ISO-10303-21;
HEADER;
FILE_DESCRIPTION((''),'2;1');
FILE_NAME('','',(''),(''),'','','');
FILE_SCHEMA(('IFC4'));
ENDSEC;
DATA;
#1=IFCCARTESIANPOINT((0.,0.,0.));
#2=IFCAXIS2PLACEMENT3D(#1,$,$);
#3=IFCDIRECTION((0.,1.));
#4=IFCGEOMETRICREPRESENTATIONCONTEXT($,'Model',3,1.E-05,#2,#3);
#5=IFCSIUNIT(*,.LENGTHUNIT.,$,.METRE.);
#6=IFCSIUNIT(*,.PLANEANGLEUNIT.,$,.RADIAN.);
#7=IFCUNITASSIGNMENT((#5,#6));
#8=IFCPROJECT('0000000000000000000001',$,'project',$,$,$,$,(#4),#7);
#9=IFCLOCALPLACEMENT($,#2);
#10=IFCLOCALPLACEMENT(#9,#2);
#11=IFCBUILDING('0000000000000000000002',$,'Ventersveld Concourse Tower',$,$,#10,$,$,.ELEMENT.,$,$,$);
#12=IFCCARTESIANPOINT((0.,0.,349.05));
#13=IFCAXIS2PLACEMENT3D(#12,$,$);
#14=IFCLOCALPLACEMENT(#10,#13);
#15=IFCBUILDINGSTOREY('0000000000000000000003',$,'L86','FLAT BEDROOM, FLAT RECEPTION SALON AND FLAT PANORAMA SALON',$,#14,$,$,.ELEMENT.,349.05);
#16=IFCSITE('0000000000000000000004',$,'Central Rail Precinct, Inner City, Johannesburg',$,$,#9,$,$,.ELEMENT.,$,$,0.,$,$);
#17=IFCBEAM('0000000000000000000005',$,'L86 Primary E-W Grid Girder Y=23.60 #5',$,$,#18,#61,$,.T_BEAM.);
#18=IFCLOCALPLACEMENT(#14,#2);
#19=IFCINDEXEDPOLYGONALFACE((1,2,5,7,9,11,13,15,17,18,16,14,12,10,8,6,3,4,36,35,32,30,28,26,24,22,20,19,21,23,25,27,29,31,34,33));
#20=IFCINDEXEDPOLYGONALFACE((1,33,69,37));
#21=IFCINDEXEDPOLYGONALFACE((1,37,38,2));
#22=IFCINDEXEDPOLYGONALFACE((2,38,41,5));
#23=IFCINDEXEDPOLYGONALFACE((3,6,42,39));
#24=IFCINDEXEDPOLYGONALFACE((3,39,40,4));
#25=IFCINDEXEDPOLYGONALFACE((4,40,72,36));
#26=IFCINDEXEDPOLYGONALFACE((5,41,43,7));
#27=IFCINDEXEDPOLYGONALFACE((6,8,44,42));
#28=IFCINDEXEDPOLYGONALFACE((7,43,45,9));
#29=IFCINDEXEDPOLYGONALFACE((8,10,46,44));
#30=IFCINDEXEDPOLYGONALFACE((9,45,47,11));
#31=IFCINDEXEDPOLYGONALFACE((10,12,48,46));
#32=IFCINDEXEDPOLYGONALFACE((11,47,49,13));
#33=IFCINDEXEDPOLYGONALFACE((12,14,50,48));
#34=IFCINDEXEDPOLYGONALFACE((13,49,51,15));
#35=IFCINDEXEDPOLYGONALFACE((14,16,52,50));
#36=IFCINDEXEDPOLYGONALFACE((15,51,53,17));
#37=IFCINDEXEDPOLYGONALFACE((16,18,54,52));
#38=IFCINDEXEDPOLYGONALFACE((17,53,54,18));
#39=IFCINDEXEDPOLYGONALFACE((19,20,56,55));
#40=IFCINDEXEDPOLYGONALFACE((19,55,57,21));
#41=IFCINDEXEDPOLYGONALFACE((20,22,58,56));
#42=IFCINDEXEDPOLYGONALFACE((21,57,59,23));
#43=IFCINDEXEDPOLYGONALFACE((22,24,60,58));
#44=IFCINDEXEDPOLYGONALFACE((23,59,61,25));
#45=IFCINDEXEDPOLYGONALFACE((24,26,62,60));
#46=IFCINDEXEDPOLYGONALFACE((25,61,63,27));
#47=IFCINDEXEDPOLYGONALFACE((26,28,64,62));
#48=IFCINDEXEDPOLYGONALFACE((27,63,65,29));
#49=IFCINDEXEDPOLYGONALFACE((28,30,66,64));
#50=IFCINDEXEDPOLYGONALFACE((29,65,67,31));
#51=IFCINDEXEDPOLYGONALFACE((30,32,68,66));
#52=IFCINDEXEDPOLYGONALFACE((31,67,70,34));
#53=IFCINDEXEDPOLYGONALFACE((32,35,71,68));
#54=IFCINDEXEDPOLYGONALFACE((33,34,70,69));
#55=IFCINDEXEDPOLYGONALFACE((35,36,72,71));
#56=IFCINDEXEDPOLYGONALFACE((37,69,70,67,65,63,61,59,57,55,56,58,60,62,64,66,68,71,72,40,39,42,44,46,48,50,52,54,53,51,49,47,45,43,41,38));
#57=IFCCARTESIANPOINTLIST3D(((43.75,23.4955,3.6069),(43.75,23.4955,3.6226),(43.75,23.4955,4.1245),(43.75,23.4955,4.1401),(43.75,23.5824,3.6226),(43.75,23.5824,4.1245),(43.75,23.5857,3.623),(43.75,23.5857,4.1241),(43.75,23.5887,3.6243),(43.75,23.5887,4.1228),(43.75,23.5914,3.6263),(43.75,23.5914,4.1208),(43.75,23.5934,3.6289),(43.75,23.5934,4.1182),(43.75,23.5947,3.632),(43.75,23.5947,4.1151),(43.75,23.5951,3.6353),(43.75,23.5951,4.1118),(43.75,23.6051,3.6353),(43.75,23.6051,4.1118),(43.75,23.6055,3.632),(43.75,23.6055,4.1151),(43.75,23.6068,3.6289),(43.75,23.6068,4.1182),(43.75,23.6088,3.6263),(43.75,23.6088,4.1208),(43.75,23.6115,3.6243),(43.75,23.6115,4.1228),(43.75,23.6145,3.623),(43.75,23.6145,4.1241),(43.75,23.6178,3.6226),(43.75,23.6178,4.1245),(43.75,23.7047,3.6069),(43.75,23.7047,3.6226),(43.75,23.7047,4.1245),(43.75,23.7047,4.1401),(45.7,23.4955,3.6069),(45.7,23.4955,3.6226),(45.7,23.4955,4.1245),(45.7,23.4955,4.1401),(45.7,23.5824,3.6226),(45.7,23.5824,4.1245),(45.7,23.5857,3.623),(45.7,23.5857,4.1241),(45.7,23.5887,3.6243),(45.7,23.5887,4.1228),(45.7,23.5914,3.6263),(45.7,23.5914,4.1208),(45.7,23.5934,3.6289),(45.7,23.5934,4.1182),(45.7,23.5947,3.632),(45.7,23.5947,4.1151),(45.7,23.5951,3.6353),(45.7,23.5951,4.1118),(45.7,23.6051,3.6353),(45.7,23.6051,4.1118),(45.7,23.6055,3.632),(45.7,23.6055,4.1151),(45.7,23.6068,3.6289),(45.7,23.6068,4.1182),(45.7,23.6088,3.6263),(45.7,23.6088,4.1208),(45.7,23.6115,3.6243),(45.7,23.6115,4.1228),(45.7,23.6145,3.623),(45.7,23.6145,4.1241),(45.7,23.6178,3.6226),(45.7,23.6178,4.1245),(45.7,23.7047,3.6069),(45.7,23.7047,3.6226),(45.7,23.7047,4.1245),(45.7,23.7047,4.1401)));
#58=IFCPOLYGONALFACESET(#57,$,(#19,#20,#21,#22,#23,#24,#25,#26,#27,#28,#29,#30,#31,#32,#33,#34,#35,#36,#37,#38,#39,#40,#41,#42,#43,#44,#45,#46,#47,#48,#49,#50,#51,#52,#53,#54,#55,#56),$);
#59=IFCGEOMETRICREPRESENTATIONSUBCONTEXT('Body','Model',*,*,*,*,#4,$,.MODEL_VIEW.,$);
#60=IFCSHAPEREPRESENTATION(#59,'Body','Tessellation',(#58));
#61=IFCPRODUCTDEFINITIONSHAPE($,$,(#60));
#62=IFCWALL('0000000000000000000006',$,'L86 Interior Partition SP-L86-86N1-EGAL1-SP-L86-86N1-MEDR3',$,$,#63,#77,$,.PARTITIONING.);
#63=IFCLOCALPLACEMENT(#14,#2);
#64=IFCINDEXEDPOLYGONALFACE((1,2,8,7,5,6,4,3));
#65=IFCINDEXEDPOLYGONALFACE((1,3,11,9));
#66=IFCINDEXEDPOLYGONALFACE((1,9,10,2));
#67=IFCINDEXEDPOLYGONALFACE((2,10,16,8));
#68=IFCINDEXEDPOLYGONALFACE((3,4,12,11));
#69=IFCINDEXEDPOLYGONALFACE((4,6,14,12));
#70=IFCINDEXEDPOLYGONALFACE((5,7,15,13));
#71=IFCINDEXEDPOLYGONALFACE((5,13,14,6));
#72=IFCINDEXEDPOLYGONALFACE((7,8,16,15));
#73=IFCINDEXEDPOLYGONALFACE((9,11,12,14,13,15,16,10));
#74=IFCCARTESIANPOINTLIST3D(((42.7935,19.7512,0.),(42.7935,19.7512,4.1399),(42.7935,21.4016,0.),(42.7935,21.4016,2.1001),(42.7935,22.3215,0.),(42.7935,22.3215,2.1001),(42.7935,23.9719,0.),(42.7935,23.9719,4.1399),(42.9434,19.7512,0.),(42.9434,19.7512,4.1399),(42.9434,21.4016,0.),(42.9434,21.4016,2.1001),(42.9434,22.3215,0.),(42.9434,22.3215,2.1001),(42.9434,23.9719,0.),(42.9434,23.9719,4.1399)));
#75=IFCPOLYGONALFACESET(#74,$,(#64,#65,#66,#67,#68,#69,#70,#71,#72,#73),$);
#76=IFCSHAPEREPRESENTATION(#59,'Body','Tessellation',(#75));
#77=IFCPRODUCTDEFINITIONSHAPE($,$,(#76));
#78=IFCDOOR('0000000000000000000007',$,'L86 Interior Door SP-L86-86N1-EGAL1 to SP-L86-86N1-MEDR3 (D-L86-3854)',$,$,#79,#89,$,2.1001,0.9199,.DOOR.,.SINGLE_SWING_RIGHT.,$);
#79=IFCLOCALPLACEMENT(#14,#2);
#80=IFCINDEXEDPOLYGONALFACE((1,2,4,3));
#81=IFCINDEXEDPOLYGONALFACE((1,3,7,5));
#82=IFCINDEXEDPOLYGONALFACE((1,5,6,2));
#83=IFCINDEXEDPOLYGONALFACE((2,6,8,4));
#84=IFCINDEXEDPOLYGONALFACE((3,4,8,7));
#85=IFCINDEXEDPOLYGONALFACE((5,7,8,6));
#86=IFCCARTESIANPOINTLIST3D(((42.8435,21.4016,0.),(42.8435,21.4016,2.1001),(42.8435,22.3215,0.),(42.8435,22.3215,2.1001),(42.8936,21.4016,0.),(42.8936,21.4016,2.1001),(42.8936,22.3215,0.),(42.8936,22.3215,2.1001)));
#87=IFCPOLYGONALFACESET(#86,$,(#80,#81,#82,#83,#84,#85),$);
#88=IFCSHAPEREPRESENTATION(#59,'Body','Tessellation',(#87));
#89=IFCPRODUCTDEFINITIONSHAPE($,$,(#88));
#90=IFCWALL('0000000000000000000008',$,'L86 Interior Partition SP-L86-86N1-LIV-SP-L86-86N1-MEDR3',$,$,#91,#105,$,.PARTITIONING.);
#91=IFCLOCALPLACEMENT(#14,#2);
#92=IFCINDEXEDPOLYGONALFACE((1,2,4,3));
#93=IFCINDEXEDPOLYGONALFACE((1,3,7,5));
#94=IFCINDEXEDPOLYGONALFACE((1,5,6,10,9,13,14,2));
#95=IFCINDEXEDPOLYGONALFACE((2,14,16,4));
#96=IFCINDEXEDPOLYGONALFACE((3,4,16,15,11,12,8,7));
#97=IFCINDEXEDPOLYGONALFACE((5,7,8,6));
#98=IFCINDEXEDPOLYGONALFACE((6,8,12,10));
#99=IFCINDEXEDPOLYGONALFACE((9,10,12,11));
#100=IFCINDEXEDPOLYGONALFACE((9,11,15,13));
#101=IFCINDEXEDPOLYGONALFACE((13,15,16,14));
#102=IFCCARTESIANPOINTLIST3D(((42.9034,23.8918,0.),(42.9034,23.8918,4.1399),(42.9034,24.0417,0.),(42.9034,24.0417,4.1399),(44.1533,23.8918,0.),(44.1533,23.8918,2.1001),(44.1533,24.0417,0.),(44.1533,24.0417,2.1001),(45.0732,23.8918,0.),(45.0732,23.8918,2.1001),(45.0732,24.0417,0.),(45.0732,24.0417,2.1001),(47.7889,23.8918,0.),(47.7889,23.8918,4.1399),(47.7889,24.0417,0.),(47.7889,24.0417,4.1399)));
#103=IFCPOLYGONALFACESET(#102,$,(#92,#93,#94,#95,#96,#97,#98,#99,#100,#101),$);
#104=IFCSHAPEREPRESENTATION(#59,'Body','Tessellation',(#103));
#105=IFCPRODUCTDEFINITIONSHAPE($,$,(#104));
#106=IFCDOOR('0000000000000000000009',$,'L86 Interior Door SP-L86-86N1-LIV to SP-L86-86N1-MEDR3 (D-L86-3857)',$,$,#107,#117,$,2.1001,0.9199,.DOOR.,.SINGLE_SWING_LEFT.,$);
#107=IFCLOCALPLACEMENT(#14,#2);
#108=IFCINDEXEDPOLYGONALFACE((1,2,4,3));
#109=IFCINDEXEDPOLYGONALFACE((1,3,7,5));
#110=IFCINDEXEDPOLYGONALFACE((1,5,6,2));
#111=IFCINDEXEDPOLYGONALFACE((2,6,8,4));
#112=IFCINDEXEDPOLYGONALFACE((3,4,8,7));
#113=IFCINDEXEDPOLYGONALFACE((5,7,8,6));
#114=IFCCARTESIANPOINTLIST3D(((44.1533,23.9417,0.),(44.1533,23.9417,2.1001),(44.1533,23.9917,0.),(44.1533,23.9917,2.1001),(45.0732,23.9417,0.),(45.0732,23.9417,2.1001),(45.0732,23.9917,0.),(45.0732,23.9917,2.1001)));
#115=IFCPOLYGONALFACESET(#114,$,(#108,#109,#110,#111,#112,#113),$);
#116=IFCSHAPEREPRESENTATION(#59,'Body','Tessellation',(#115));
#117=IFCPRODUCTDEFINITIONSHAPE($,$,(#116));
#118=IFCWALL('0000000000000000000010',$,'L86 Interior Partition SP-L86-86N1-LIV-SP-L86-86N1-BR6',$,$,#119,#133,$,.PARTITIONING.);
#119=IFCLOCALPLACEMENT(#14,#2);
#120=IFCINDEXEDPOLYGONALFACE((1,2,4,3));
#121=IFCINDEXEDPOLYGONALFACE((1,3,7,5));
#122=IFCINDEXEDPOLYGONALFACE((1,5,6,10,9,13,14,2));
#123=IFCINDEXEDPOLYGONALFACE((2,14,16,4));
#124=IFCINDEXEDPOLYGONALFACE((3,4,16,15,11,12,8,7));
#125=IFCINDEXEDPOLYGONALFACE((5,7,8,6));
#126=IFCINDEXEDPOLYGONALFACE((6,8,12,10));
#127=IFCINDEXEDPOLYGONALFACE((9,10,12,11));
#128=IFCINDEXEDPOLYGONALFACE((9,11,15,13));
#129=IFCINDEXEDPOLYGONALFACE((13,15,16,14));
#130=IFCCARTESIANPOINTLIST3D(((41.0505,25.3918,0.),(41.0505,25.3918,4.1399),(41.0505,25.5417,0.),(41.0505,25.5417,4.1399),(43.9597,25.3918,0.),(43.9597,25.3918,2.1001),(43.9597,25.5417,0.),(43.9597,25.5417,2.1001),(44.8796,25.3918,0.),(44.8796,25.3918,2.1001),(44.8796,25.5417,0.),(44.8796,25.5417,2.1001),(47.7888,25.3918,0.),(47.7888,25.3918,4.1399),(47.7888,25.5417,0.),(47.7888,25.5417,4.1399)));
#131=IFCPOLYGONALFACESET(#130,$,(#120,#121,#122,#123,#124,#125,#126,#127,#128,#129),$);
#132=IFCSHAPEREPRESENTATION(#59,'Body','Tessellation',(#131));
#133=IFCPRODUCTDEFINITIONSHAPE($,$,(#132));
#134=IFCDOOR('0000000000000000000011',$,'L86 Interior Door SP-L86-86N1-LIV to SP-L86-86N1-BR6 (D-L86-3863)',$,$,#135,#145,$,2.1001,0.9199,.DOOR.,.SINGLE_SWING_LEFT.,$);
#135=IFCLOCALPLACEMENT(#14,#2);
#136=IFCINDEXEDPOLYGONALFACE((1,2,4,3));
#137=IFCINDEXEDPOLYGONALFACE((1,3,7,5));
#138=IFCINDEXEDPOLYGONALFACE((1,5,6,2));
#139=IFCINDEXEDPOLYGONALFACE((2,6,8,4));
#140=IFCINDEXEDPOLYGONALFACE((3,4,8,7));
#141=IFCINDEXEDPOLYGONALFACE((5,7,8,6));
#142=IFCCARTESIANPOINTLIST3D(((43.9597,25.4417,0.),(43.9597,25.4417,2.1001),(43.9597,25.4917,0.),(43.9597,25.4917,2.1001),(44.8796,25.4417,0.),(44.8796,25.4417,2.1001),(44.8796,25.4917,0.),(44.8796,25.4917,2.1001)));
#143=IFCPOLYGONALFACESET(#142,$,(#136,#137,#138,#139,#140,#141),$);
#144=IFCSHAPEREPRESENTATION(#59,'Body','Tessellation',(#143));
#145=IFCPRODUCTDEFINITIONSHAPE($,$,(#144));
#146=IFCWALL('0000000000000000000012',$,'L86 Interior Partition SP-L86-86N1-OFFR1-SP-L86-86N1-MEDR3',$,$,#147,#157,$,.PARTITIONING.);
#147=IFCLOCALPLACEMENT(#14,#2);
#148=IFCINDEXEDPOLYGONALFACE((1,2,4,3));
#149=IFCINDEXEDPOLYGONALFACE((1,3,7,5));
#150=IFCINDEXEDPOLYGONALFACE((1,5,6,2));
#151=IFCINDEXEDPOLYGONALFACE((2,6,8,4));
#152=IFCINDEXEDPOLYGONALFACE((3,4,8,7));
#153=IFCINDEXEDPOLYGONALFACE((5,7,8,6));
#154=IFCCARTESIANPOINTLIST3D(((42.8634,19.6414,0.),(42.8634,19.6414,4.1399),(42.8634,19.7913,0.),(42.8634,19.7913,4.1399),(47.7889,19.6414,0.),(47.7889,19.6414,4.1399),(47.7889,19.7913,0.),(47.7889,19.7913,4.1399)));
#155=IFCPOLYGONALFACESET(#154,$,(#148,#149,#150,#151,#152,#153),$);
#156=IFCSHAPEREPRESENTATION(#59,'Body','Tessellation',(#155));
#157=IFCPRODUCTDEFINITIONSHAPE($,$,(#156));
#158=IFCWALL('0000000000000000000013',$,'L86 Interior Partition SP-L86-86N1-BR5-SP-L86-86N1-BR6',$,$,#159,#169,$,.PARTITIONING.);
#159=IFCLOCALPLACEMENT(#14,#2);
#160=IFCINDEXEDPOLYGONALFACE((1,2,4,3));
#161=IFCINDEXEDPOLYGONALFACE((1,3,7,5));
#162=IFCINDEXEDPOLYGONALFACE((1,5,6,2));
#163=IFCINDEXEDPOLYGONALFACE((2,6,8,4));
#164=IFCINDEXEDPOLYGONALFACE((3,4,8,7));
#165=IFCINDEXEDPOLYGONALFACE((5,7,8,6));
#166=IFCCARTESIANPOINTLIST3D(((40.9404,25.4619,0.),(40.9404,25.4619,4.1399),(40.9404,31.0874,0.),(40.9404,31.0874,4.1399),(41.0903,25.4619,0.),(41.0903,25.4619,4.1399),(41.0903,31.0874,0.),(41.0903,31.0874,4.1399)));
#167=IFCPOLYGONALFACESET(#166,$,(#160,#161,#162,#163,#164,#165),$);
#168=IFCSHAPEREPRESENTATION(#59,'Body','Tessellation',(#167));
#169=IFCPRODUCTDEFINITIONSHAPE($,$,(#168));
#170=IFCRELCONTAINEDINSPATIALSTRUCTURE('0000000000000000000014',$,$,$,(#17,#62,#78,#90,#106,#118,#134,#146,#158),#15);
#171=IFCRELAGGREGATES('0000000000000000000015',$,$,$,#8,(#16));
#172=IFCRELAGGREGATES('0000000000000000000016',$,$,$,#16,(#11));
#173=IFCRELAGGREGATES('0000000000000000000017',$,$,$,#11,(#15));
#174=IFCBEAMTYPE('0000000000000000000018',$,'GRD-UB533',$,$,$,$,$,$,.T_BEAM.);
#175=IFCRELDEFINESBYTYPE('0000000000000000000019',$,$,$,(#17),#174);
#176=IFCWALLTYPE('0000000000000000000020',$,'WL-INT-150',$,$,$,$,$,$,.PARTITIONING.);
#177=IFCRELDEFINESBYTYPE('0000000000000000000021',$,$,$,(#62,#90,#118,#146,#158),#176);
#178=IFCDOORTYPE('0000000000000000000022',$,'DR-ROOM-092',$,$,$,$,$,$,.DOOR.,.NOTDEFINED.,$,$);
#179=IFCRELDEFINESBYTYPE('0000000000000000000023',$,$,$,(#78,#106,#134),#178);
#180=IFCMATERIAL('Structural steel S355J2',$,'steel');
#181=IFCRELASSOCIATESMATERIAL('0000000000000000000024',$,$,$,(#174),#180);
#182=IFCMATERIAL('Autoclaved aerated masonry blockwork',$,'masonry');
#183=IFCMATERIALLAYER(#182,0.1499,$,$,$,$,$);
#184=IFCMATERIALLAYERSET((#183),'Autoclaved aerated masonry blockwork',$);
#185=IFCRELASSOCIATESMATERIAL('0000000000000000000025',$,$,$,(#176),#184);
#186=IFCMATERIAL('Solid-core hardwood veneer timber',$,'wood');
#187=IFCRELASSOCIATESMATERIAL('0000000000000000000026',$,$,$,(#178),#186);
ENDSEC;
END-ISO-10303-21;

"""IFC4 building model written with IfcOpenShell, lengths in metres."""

from ifc_helpers import new_model, si_unit, direction, frame, frame_2d, origin, origin_2d, place, context, subcontext, project, spatial, rectangle, i_section, extrude, material, layer, layer_set, material_profile, profile_set, type_object, element, fill, save


model = new_model("IFC4")

# Units and contexts
model_context = context("Model", 3, precision=1e-05, world=origin(), true_north=direction((0.0, 1.0)))
body_context = subcontext(model_context, "Body", "Model", "MODEL_VIEW")
ifc_project = project(units=[si_unit("LENGTHUNIT", "METRE"), si_unit("PLANEANGLEUNIT", "RADIAN")], contexts=[model_context])

# Site, building, storey
site_placement = place(None, origin())
site = spatial("IfcSite", under=ifc_project, at=site_placement, Name="Central Rail Precinct, Inner City, Johannesburg", CompositionType="ELEMENT", RefElevation=0.0)
building_placement = place(site_placement, origin())
building = spatial("IfcBuilding", under=site, at=building_placement, Name="Ventersveld Concourse Tower", CompositionType="ELEMENT")
storey_placement = place(building_placement, frame((0.0, 0.0, 349.05)))
storey = spatial("IfcBuildingStorey", under=building, at=storey_placement, Name="L86", Description="FLAT BEDROOM, FLAT RECEPTION SALON AND FLAT PANORAMA SALON", CompositionType="ELEMENT", Elevation=349.05)

# Shared definitions
ifc_material_1 = material(Name="Structural steel S355J2", Category="steel")

# Beam
ifc_material_profile_1 = material_profile(ifc_material_1, i_section(OverallWidth=0.2092, OverallDepth=0.5332, WebThickness=0.01, FlangeThickness=0.0156, FilletRadius=0.0127, at=origin_2d()), Name="UB 533x210x92")
ifc_profile_set_1 = profile_set([ifc_material_profile_1], Name="Structural steel S355J2")
beam_type_1 = type_object("IfcBeamType", Name="GRD-UB533", PredefinedType="T_BEAM", material=ifc_profile_set_1)
beam_1_placement = place(storey_placement, frame((43.75, 23.6001, 3.8735), z_axis=(1.0, 0.0, 0.0), x_axis=(0.0, 1.0, 0.0)))
element("IfcBeam", 1, at=beam_1_placement, inside=storey, type_object=beam_type_1, Name="L86 Primary E-W Grid Girder Y=23.60 #5", PredefinedType="T_BEAM", context=body_context, shape_type="SweptSolid", body=[
    extrude(i_section(OverallWidth=0.2092, OverallDepth=0.5332, WebThickness=0.01, FlangeThickness=0.0156, FilletRadius=0.0127, at=origin_2d()), origin(), (0.0, 0.0, 1.0), 1.95),
])

# Walls, openings, doors
ifc_material_2 = material(Name="Autoclaved aerated masonry blockwork", Category="masonry")
ifc_layer_1 = layer(ifc_material_2, 0.1499)
ifc_layer_set_1 = layer_set([ifc_layer_1], Name="Autoclaved aerated masonry blockwork")
wall_type_1 = type_object("IfcWallType", Name="WL-INT-150", PredefinedType="PARTITIONING", material=ifc_layer_set_1)
wall_1_placement = place(storey_placement, frame((42.8684, 19.7512, 0.0), z_axis=(0.0, 0.0, 1.0), x_axis=(0.0, 1.0, 0.0)))
wall_1 = element("IfcWall", 2, at=wall_1_placement, inside=storey, type_object=wall_type_1, Name="L86 Interior Partition SP-L86-86N1-EGAL1-SP-L86-86N1-MEDR3", PredefinedType="PARTITIONING", context=body_context, shape_type="SweptSolid", body=[
    extrude(rectangle(XDim=4.2207, YDim=0.1499, at=frame_2d((2.1104, 0.0))), origin(), (0.0, 0.0, 1.0), 4.1399),
])
opening_1_placement = place(wall_1_placement, frame((1.6504, 0.0, 0.0)))
opening_1 = element("IfcOpeningElement", 3, at=opening_1_placement, cuts=wall_1, PredefinedType="OPENING", context=body_context, shape_type="SweptSolid", body=[
    extrude(rectangle(XDim=0.9199, YDim=2.1001, at=frame_2d((0.46, 1.05))), frame((0.0, 0.085, 0.0), z_axis=(0.0, -1.0, 0.0), x_axis=(1.0, 0.0, 0.0)), (0.0, 0.0, 1.0), 0.1699),
])
ifc_material_3 = material(Name="Solid-core hardwood veneer timber", Category="wood")
door_type = type_object("IfcDoorType", Name="DR-ROOM-092", OperationType="NOTDEFINED", PredefinedType="DOOR", material=ifc_material_3)
door_1_placement = place(opening_1_placement, origin())
door_1 = element("IfcDoor", 4, at=door_1_placement, inside=storey, type_object=door_type, Name="L86 Interior Door SP-L86-86N1-EGAL1 to SP-L86-86N1-MEDR3 (D-L86-3854)", OperationType="SINGLE_SWING_RIGHT", OverallHeight=2.1001, OverallWidth=0.9199, PredefinedType="DOOR", context=body_context, shape_type="SweptSolid", body=[
    extrude(rectangle(XDim=0.9199, YDim=2.1001, at=frame_2d((0.46, 1.05))), frame((0.0, 0.0249, 0.0), z_axis=(0.0, -1.0, 0.0), x_axis=(1.0, 0.0, 0.0)), (0.0, 0.0, 1.0), 0.05),
])
fill(opening_1, door_1)
wall_2_placement = place(storey_placement, frame((42.9033, 23.9668, 0.0), z_axis=(0.0, 0.0, 1.0), x_axis=(1.0, 0.0, 0.0)))
wall_2 = element("IfcWall", 5, at=wall_2_placement, inside=storey, type_object=wall_type_1, Name="L86 Interior Partition SP-L86-86N1-LIV-SP-L86-86N1-MEDR3", PredefinedType="PARTITIONING", context=body_context, shape_type="SweptSolid", body=[
    extrude(rectangle(XDim=4.8855, YDim=0.1499, at=frame_2d((2.4429, 0.0))), origin(), (0.0, 0.0, 1.0), 4.1399),
])
opening_2_placement = place(wall_2_placement, frame((1.25, 0.0, 0.0)))
opening_2 = element("IfcOpeningElement", 6, at=opening_2_placement, cuts=wall_2, PredefinedType="OPENING", context=body_context, shape_type="SweptSolid", body=[
    extrude(rectangle(XDim=0.9199, YDim=2.1001, at=frame_2d((0.46, 1.05))), frame((0.0, 0.085, 0.0), z_axis=(0.0, -1.0, 0.0), x_axis=(1.0, 0.0, 0.0)), (0.0, 0.0, 1.0), 0.1699),
])
door_2_placement = place(opening_2_placement, origin())
door_2 = element("IfcDoor", 7, at=door_2_placement, inside=storey, type_object=door_type, Name="L86 Interior Door SP-L86-86N1-LIV to SP-L86-86N1-MEDR3 (D-L86-3857)", OperationType="SINGLE_SWING_LEFT", OverallHeight=2.1001, OverallWidth=0.9199, PredefinedType="DOOR", context=body_context, shape_type="SweptSolid", body=[
    extrude(rectangle(XDim=0.9199, YDim=2.1001, at=frame_2d((0.46, 1.05))), frame((0.0, 0.0249, 0.0), z_axis=(0.0, -1.0, 0.0), x_axis=(1.0, 0.0, 0.0)), (0.0, 0.0, 1.0), 0.05),
])
fill(opening_2, door_2)
wall_3_placement = place(storey_placement, frame((41.0505, 25.4668, 0.0), z_axis=(0.0, 0.0, 1.0), x_axis=(1.0, 0.0, 0.0)))
wall_3 = element("IfcWall", 8, at=wall_3_placement, inside=storey, type_object=wall_type_1, Name="L86 Interior Partition SP-L86-86N1-LIV-SP-L86-86N1-BR6", PredefinedType="PARTITIONING", context=body_context, shape_type="SweptSolid", body=[
    extrude(rectangle(XDim=6.7383, YDim=0.1499, at=frame_2d((3.3691, 0.0))), origin(), (0.0, 0.0, 1.0), 4.1399),
])
opening_3_placement = place(wall_3_placement, frame((2.9092, 0.0, 0.0)))
opening_3 = element("IfcOpeningElement", 9, at=opening_3_placement, cuts=wall_3, PredefinedType="OPENING", context=body_context, shape_type="SweptSolid", body=[
    extrude(rectangle(XDim=0.9199, YDim=2.1001, at=frame_2d((0.46, 1.05))), frame((0.0, 0.085, 0.0), z_axis=(0.0, -1.0, 0.0), x_axis=(1.0, 0.0, 0.0)), (0.0, 0.0, 1.0), 0.1699),
])
door_3_placement = place(opening_3_placement, origin())
door_3 = element("IfcDoor", 10, at=door_3_placement, inside=storey, type_object=door_type, Name="L86 Interior Door SP-L86-86N1-LIV to SP-L86-86N1-BR6 (D-L86-3863)", OperationType="SINGLE_SWING_LEFT", OverallHeight=2.1001, OverallWidth=0.9199, PredefinedType="DOOR", context=body_context, shape_type="SweptSolid", body=[
    extrude(rectangle(XDim=0.9199, YDim=2.1001, at=frame_2d((0.46, 1.05))), frame((0.0, 0.0249, 0.0), z_axis=(0.0, -1.0, 0.0), x_axis=(1.0, 0.0, 0.0)), (0.0, 0.0, 1.0), 0.05),
])
fill(opening_3, door_3)

# Walls
wall_4_placement = place(storey_placement, frame((42.8633, 19.7163, 0.0), z_axis=(0.0, 0.0, 1.0), x_axis=(1.0, 0.0, 0.0)))
element("IfcWall", 11, at=wall_4_placement, inside=storey, type_object=wall_type_1, Name="L86 Interior Partition SP-L86-86N1-OFFR1-SP-L86-86N1-MEDR3", PredefinedType="PARTITIONING", context=body_context, shape_type="SweptSolid", body=[
    extrude(rectangle(XDim=4.9255, YDim=0.1499, at=frame_2d((2.4629, 0.0))), origin(), (0.0, 0.0, 1.0), 4.1399),
])
wall_5_placement = place(storey_placement, frame((41.0154, 25.4619, 0.0), z_axis=(0.0, 0.0, 1.0), x_axis=(0.0, 1.0, 0.0)))
element("IfcWall", 12, at=wall_5_placement, inside=storey, type_object=wall_type_1, Name="L86 Interior Partition SP-L86-86N1-BR5-SP-L86-86N1-BR6", PredefinedType="PARTITIONING", context=body_context, shape_type="SweptSolid", body=[
    extrude(rectangle(XDim=5.6255, YDim=0.1499, at=frame_2d((2.8127, 0.0))), origin(), (0.0, 0.0, 1.0), 4.1399),
])

save(model, "model.ifc")
